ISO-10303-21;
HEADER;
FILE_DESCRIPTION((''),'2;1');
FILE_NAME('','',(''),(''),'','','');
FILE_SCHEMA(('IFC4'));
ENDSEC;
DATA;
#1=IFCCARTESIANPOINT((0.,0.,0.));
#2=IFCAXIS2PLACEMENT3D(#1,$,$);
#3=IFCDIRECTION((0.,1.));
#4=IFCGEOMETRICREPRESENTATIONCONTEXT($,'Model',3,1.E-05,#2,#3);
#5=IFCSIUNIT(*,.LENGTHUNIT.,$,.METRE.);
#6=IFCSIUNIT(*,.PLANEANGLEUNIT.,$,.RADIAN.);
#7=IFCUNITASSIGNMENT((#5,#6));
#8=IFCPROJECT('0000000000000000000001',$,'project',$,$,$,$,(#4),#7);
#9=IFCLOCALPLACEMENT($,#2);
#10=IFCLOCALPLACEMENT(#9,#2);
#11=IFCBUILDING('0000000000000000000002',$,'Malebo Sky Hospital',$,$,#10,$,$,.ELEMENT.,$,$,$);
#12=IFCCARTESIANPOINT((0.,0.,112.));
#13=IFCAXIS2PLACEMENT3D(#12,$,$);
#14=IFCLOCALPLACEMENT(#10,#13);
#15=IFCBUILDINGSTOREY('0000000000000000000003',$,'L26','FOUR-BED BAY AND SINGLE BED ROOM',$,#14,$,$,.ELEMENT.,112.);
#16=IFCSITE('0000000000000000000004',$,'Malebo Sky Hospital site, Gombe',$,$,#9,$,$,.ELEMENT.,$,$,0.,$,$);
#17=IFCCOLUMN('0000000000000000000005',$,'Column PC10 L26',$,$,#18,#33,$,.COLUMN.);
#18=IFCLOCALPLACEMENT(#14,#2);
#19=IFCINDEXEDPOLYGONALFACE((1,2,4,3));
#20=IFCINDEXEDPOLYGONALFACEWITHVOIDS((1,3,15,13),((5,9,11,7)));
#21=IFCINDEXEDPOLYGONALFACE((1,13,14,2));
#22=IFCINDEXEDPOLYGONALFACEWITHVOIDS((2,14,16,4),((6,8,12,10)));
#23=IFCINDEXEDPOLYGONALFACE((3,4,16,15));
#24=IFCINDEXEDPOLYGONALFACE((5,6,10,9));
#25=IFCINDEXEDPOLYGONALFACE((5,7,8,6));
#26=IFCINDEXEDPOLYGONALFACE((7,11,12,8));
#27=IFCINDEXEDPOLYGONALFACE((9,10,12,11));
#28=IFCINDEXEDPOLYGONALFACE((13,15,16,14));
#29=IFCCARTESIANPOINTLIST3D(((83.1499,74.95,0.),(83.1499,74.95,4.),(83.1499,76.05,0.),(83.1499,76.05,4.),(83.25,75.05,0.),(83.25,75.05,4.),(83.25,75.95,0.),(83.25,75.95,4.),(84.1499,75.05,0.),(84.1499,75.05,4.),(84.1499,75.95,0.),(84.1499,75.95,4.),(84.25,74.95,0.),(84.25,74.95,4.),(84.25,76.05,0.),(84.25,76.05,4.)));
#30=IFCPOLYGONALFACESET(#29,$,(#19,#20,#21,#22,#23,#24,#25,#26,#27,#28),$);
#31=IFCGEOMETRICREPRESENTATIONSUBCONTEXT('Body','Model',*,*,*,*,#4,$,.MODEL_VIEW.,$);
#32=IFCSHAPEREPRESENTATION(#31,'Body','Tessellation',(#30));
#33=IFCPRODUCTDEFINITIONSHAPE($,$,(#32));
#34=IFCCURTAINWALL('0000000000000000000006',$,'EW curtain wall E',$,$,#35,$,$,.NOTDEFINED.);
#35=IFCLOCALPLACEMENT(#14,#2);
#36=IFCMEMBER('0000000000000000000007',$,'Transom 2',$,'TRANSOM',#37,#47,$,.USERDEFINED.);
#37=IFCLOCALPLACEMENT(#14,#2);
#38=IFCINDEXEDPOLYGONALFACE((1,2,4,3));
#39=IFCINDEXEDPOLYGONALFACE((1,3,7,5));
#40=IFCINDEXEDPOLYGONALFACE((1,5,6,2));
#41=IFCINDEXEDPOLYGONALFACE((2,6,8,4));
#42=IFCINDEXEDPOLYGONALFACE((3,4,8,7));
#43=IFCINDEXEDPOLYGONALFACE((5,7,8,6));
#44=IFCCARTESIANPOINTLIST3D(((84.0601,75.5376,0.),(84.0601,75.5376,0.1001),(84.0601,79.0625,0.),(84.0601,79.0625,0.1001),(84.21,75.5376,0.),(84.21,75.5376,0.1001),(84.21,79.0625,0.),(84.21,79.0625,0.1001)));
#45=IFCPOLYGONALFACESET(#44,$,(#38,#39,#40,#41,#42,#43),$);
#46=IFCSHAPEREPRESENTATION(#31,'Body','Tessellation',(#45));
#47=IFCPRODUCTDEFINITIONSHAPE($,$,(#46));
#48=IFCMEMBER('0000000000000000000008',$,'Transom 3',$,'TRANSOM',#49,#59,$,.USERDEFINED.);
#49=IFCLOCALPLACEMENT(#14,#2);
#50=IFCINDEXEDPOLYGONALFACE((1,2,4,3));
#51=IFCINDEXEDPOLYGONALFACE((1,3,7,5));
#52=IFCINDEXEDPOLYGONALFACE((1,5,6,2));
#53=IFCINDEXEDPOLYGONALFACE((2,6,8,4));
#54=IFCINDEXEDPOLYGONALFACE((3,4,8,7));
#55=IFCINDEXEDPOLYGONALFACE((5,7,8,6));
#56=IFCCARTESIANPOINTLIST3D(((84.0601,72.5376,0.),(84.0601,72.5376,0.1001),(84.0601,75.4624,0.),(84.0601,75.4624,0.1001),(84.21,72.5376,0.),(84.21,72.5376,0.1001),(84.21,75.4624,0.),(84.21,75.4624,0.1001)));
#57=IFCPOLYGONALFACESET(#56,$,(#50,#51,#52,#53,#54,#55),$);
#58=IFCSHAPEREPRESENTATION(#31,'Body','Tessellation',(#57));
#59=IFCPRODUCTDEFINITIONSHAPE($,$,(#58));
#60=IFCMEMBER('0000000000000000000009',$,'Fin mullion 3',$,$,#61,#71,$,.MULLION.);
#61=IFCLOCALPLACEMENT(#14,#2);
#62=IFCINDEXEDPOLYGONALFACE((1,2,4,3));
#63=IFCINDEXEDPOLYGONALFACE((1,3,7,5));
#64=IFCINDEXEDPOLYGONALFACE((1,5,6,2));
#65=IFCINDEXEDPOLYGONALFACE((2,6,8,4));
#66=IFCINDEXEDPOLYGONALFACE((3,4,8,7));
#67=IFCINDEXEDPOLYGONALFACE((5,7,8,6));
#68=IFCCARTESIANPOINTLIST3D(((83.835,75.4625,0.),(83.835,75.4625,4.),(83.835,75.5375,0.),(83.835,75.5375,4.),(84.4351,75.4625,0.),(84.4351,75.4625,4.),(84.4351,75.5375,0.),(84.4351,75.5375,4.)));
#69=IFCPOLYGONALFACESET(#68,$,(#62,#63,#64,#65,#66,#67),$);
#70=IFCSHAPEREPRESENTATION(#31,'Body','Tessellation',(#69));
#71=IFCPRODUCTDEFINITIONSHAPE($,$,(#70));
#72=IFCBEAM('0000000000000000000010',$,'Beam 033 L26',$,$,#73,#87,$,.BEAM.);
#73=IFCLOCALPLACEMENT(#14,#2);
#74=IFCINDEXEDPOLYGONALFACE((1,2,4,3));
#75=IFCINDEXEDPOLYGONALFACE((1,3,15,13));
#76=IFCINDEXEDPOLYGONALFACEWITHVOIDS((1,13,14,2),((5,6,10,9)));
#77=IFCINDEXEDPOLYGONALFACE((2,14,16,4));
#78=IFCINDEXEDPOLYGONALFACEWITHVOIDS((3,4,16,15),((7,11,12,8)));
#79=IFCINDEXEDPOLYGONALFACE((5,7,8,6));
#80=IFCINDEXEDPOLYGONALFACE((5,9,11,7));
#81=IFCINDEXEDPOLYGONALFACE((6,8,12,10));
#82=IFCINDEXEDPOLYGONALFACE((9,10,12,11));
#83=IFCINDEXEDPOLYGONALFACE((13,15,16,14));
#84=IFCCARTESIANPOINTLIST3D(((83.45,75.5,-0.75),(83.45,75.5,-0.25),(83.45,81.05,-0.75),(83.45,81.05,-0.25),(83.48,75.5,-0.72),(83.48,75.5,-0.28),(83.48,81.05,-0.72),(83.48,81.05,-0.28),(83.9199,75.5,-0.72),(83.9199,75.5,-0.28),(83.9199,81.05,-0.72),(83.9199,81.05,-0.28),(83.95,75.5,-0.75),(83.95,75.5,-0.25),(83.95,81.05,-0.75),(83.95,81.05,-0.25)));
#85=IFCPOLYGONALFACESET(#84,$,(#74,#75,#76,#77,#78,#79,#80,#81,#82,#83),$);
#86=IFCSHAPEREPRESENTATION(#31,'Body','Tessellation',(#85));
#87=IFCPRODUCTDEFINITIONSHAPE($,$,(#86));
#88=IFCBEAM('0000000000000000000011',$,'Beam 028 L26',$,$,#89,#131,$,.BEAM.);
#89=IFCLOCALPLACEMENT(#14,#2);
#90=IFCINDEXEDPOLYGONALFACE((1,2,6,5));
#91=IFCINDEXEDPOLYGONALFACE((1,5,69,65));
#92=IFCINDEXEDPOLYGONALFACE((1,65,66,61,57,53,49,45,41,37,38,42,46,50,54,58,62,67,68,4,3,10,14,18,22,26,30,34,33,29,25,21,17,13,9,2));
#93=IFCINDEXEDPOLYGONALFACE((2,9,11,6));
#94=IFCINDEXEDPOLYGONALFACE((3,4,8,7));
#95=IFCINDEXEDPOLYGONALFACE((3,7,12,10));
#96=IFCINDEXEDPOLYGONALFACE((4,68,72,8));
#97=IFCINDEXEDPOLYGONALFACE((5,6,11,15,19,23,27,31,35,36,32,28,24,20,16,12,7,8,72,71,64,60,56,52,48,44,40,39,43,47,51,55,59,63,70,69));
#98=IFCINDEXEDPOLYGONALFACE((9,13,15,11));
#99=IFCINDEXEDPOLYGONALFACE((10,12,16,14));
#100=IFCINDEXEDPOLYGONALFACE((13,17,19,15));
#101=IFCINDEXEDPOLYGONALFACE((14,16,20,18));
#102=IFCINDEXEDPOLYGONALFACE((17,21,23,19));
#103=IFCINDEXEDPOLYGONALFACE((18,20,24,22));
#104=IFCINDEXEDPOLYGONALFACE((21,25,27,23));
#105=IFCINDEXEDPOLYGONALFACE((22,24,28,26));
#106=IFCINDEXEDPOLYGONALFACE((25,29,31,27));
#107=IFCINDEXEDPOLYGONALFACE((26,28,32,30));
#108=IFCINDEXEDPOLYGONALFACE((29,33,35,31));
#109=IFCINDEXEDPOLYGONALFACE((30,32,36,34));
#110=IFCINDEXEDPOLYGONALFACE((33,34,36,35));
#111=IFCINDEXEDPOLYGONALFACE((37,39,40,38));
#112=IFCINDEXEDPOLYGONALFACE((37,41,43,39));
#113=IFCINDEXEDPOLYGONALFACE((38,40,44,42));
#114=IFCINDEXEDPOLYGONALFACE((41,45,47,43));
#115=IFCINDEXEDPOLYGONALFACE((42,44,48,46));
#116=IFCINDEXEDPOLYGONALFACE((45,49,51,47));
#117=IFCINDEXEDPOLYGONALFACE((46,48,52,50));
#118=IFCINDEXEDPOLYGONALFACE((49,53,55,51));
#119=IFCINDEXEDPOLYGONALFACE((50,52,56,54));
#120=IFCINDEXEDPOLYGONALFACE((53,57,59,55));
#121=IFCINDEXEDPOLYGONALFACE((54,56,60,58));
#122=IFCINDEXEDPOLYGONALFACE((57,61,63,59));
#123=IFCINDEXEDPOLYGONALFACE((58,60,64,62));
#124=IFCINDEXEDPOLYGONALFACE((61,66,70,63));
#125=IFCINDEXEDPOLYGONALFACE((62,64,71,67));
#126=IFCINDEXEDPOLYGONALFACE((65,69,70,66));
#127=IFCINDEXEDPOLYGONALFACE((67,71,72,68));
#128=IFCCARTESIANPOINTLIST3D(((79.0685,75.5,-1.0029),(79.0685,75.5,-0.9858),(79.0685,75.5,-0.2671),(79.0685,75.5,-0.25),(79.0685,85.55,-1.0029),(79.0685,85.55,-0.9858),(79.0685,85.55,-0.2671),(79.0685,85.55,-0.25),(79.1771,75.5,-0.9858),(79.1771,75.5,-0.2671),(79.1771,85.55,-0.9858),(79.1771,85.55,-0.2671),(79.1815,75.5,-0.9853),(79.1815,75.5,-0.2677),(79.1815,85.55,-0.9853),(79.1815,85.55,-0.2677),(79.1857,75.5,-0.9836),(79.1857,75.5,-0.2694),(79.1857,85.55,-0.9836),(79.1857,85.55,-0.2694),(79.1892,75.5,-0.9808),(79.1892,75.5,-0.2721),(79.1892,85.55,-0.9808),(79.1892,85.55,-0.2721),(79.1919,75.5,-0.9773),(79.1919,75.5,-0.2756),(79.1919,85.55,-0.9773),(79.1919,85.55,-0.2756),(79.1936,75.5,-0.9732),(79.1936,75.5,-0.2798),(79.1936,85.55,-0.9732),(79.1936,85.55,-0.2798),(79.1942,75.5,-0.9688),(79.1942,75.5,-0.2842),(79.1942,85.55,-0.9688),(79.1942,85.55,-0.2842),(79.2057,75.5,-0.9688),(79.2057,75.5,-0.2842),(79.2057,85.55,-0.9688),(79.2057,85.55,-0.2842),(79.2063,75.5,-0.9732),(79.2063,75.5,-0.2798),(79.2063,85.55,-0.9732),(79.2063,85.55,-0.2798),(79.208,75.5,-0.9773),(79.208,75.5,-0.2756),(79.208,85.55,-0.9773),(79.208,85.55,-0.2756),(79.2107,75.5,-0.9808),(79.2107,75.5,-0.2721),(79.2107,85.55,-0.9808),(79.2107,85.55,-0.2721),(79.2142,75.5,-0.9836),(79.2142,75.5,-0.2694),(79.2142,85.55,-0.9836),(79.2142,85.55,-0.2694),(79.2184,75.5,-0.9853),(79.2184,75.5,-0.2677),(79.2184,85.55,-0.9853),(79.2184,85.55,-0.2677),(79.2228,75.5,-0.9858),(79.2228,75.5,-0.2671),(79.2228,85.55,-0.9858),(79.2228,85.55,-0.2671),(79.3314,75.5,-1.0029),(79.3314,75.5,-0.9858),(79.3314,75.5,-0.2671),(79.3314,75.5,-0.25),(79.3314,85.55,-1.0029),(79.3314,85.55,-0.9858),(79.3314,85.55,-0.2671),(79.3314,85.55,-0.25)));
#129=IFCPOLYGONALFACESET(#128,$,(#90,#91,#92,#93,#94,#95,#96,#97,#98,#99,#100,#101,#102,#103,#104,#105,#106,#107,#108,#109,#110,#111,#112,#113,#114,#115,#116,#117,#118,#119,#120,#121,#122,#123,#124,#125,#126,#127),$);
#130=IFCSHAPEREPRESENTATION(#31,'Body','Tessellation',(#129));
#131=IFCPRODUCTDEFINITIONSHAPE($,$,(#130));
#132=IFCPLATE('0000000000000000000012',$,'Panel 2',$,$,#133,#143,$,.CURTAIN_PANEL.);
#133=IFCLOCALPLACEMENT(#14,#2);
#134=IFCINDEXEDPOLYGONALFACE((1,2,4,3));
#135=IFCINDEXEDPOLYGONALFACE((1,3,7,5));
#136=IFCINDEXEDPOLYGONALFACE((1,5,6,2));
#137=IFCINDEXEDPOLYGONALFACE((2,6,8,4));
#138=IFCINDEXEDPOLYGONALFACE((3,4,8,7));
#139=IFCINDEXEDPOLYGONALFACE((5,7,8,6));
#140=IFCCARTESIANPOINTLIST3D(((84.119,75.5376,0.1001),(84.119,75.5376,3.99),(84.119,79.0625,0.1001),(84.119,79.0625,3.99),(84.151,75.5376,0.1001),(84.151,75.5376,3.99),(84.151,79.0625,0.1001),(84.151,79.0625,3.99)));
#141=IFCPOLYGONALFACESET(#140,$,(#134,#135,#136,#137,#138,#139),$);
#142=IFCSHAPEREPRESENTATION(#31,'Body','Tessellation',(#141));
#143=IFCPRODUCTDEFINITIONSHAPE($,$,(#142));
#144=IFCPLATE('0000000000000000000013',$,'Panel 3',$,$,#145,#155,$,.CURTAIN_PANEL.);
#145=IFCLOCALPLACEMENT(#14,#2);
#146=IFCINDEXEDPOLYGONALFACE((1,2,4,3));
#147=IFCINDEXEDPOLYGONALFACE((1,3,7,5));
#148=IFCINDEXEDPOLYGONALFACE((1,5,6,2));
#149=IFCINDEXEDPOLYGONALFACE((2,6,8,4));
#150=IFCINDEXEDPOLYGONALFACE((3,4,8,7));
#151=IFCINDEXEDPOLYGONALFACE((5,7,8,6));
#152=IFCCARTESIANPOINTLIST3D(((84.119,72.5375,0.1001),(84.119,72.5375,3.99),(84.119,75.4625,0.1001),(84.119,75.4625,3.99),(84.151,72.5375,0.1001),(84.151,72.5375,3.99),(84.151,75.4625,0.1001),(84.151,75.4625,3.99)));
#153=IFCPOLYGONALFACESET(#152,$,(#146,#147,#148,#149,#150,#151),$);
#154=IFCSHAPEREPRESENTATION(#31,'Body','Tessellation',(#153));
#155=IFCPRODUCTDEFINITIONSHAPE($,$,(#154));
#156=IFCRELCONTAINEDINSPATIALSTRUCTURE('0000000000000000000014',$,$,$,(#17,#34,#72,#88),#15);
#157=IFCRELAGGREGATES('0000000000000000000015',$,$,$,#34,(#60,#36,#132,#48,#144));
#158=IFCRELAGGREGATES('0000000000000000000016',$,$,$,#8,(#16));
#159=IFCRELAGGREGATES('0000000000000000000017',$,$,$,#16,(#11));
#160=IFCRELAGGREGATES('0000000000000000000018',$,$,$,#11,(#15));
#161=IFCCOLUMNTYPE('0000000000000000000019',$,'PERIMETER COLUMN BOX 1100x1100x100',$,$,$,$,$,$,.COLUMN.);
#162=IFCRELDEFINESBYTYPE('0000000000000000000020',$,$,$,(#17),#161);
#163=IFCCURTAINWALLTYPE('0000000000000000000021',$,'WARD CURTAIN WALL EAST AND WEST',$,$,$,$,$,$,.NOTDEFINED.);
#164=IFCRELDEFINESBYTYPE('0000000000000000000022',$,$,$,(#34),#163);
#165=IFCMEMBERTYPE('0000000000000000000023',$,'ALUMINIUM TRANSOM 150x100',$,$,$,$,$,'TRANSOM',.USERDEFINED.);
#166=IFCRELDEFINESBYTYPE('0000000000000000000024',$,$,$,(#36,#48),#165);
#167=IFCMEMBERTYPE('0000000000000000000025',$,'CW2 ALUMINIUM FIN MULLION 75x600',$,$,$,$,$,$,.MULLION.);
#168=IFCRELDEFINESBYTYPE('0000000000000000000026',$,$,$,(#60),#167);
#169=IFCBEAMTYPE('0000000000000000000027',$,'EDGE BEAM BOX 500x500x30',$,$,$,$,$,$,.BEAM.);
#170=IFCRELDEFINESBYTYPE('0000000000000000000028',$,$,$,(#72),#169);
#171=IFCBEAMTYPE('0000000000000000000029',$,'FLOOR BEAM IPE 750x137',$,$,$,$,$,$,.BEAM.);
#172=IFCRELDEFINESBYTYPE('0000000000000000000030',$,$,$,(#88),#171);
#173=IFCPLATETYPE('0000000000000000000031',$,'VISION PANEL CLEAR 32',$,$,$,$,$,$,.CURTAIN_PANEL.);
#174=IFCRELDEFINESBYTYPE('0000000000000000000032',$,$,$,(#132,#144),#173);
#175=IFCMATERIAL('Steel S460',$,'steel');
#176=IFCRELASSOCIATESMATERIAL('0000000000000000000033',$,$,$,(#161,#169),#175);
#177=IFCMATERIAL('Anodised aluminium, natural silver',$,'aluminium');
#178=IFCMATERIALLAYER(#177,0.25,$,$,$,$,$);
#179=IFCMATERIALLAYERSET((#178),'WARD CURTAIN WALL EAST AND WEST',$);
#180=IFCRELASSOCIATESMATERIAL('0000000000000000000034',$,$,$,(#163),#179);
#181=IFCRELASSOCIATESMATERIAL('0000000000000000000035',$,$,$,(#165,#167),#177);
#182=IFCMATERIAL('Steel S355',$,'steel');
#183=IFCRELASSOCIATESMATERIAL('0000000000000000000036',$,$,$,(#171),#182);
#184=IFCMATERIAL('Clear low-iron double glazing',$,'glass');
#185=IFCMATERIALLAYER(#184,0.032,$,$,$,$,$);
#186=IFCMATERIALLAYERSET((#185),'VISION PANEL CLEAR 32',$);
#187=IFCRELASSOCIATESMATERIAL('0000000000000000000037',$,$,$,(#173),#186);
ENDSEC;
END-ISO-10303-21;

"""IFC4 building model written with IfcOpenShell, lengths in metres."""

from ifc_helpers import new_model, si_unit, direction, frame, origin, origin_2d, place, context, subcontext, project, spatial, rectangle, hollow_rectangle, i_section, extrude, material, layer, layer_set, material_profile, profile_set, type_object, element, aggregate, save


model = new_model("IFC4")

# Units and contexts
model_context = context("Model", 3, precision=1e-05, world=origin(), true_north=direction((0.0, 1.0)))
body_context = subcontext(model_context, "Body", "Model", "MODEL_VIEW")
ifc_project = project(units=[si_unit("LENGTHUNIT", "METRE"), si_unit("PLANEANGLEUNIT", "RADIAN")], contexts=[model_context])

# Site, building, storey
site_placement = place(None, origin())
site = spatial("IfcSite", under=ifc_project, at=site_placement, Name="Malebo Sky Hospital site, Gombe", CompositionType="ELEMENT", RefElevation=0.0)
building_placement = place(site_placement, origin())
building = spatial("IfcBuilding", under=site, at=building_placement, Name="Malebo Sky Hospital", CompositionType="ELEMENT")
storey_placement = place(building_placement, frame((0.0, 0.0, 112.0)))
storey = spatial("IfcBuildingStorey", under=building, at=storey_placement, Name="L26", Description="FOUR-BED BAY AND SINGLE BED ROOM", CompositionType="ELEMENT", Elevation=112.0)

# Column
ifc_material_1 = material(Name="Steel S460", Category="steel")
ifc_material_profile_1 = material_profile(ifc_material_1, hollow_rectangle(XDim=1.1001, YDim=1.1001, WallThickness=0.1001, at=origin_2d()), Name="BOX 1100x1100x100")
ifc_profile_set_1 = profile_set([ifc_material_profile_1], Name="Steel S460")
column_type = type_object("IfcColumnType", Name="PERIMETER COLUMN BOX 1100x1100x100", PredefinedType="COLUMN", material=ifc_profile_set_1)
column_placement = place(storey_placement, frame((83.7, 75.5, 0.0), z_axis=(0.0, 0.0, 1.0), x_axis=(1.0, 0.0, 0.0)))
element("IfcColumn", 1, at=column_placement, inside=storey, type_object=column_type, Name="Column PC10 L26", PredefinedType="COLUMN", context=body_context, shape_type="SweptSolid", body=[
    extrude(hollow_rectangle(XDim=1.1001, YDim=1.1001, WallThickness=0.1001, at=origin_2d()), origin(), (0.0, 0.0, 1.0), 4.0),
])

# Curtain wall, members
ifc_material_2 = material(Name="Anodised aluminium, natural silver", Category="aluminium")
ifc_layer_1 = layer(ifc_material_2, 0.25)
ifc_layer_set_1 = layer_set([ifc_layer_1], Name="WARD CURTAIN WALL EAST AND WEST")
curtain_wall_type = type_object("IfcCurtainWallType", Name="WARD CURTAIN WALL EAST AND WEST", PredefinedType="NOTDEFINED", material=ifc_layer_set_1)
curtain_wall_placement = place(storey_placement, origin())
curtain_wall = element("IfcCurtainWall", 2, at=curtain_wall_placement, inside=storey, type_object=curtain_wall_type, Name="EW curtain wall E", PredefinedType="NOTDEFINED")
ifc_material_profile_2 = material_profile(ifc_material_2, rectangle(XDim=0.1499, YDim=0.1001, at=origin_2d()), Name="ALUMINIUM TRANSOM 150x100")
ifc_profile_set_2 = profile_set([ifc_material_profile_2], Name="Anodised aluminium, natural silver")
member_type_1 = type_object("IfcMemberType", Name="ALUMINIUM TRANSOM 150x100", ElementType="TRANSOM", PredefinedType="USERDEFINED", material=ifc_profile_set_2)
member_1_placement = place(storey_placement, frame((84.135, 79.0625, 0.05), z_axis=(0.0, -1.0, 0.0), x_axis=(1.0, 0.0, 0.0)))
member_1 = element("IfcMember", 3, at=member_1_placement, type_object=member_type_1, Name="Transom 2", ObjectType="TRANSOM", PredefinedType="USERDEFINED", context=body_context, shape_type="SweptSolid", body=[
    extrude(rectangle(XDim=0.1499, YDim=0.1001, at=origin_2d()), origin(), (0.0, 0.0, 1.0), 3.5249),
])
member_2_placement = place(storey_placement, frame((84.135, 75.4624, 0.05), z_axis=(0.0, -1.0, 0.0), x_axis=(1.0, 0.0, 0.0)))
member_2 = element("IfcMember", 4, at=member_2_placement, type_object=member_type_1, Name="Transom 3", ObjectType="TRANSOM", PredefinedType="USERDEFINED", context=body_context, shape_type="SweptSolid", body=[
    extrude(rectangle(XDim=0.1499, YDim=0.1001, at=origin_2d()), origin(), (0.0, 0.0, 1.0), 2.9248),
])
ifc_material_profile_3 = material_profile(ifc_material_2, rectangle(XDim=0.075, YDim=0.6001, at=origin_2d()), Name="CW2 ALUMINIUM FIN MULLION 75x600")
ifc_profile_set_3 = profile_set([ifc_material_profile_3], Name="Anodised aluminium, natural silver")
member_type_2 = type_object("IfcMemberType", Name="CW2 ALUMINIUM FIN MULLION 75x600", PredefinedType="MULLION", material=ifc_profile_set_3)
member_3_placement = place(storey_placement, frame((84.135, 75.5, 0.0), z_axis=(0.0, 0.0, 1.0), x_axis=(0.0, -1.0, 0.0)))
member_3 = element("IfcMember", 5, at=member_3_placement, type_object=member_type_2, Name="Fin mullion 3", PredefinedType="MULLION", context=body_context, shape_type="SweptSolid", body=[
    extrude(rectangle(XDim=0.075, YDim=0.6001, at=origin_2d()), origin(), (0.0, 0.0, 1.0), 4.0),
])

# Beams
ifc_material_profile_4 = material_profile(ifc_material_1, hollow_rectangle(XDim=0.5, YDim=0.5, WallThickness=0.03, at=origin_2d()), Name="BOX 500x500x30")
ifc_profile_set_4 = profile_set([ifc_material_profile_4], Name="Steel S460")
beam_type_1 = type_object("IfcBeamType", Name="EDGE BEAM BOX 500x500x30", PredefinedType="BEAM", material=ifc_profile_set_4)
beam_1_placement = place(storey_placement, frame((83.7, 75.5, -0.5), z_axis=(0.0, 1.0, 0.0), x_axis=(-1.0, 0.0, 0.0)))
element("IfcBeam", 6, at=beam_1_placement, inside=storey, type_object=beam_type_1, Name="Beam 033 L26", PredefinedType="BEAM", context=body_context, shape_type="SweptSolid", body=[
    extrude(hollow_rectangle(XDim=0.5, YDim=0.5, WallThickness=0.03, at=origin_2d()), origin(), (0.0, 0.0, 1.0), 5.55),
])
ifc_material_3 = material(Name="Steel S355", Category="steel")
ifc_material_profile_5 = material_profile(ifc_material_3, i_section(OverallWidth=0.2629, OverallDepth=0.7529, WebThickness=0.0115, FlangeThickness=0.0171, FilletRadius=0.0171, at=origin_2d()), Name="IPE 750x137")
ifc_profile_set_5 = profile_set([ifc_material_profile_5], Name="Steel S355")
beam_type_2 = type_object("IfcBeamType", Name="FLOOR BEAM IPE 750x137", PredefinedType="BEAM", material=ifc_profile_set_5)
beam_2_placement = place(storey_placement, frame((79.2, 75.5, -0.6265), z_axis=(0.0, 1.0, 0.0), x_axis=(-1.0, 0.0, 0.0)))
element("IfcBeam", 7, at=beam_2_placement, inside=storey, type_object=beam_type_2, Name="Beam 028 L26", PredefinedType="BEAM", context=body_context, shape_type="SweptSolid", body=[
    extrude(i_section(OverallWidth=0.2629, OverallDepth=0.7529, WebThickness=0.0115, FlangeThickness=0.0171, FilletRadius=0.0171, at=origin_2d()), origin(), (0.0, 0.0, 1.0), 10.05),
])

# Plates
ifc_material_4 = material(Name="Clear low-iron double glazing", Category="glass")
ifc_layer_2 = layer(ifc_material_4, 0.032)
ifc_layer_set_2 = layer_set([ifc_layer_2], Name="VISION PANEL CLEAR 32")
plate_type = type_object("IfcPlateType", Name="VISION PANEL CLEAR 32", PredefinedType="CURTAIN_PANEL", material=ifc_layer_set_2)
plate_1_placement = place(storey_placement, frame((84.135, 77.3, 0.1001), z_axis=(0.0, 0.0, 1.0), x_axis=(0.0, -1.0, 0.0)))
plate_1 = element("IfcPlate", 8, at=plate_1_placement, type_object=plate_type, Name="Panel 2", PredefinedType="CURTAIN_PANEL", context=body_context, shape_type="SweptSolid", body=[
    extrude(rectangle(XDim=3.5249, YDim=0.032, at=origin_2d()), origin(), (0.0, 0.0, 1.0), 3.8899),
])
plate_2_placement = place(storey_placement, frame((84.135, 74.0, 0.1001), z_axis=(0.0, 0.0, 1.0), x_axis=(0.0, -1.0, 0.0)))
plate_2 = element("IfcPlate", 9, at=plate_2_placement, type_object=plate_type, Name="Panel 3", PredefinedType="CURTAIN_PANEL", context=body_context, shape_type="SweptSolid", body=[
    extrude(rectangle(XDim=2.925, YDim=0.032, at=origin_2d()), origin(), (0.0, 0.0, 1.0), 3.8899),
])
aggregate(curtain_wall, [member_3, member_1, plate_1, member_2, plate_2])

save(model, "model.ifc")
